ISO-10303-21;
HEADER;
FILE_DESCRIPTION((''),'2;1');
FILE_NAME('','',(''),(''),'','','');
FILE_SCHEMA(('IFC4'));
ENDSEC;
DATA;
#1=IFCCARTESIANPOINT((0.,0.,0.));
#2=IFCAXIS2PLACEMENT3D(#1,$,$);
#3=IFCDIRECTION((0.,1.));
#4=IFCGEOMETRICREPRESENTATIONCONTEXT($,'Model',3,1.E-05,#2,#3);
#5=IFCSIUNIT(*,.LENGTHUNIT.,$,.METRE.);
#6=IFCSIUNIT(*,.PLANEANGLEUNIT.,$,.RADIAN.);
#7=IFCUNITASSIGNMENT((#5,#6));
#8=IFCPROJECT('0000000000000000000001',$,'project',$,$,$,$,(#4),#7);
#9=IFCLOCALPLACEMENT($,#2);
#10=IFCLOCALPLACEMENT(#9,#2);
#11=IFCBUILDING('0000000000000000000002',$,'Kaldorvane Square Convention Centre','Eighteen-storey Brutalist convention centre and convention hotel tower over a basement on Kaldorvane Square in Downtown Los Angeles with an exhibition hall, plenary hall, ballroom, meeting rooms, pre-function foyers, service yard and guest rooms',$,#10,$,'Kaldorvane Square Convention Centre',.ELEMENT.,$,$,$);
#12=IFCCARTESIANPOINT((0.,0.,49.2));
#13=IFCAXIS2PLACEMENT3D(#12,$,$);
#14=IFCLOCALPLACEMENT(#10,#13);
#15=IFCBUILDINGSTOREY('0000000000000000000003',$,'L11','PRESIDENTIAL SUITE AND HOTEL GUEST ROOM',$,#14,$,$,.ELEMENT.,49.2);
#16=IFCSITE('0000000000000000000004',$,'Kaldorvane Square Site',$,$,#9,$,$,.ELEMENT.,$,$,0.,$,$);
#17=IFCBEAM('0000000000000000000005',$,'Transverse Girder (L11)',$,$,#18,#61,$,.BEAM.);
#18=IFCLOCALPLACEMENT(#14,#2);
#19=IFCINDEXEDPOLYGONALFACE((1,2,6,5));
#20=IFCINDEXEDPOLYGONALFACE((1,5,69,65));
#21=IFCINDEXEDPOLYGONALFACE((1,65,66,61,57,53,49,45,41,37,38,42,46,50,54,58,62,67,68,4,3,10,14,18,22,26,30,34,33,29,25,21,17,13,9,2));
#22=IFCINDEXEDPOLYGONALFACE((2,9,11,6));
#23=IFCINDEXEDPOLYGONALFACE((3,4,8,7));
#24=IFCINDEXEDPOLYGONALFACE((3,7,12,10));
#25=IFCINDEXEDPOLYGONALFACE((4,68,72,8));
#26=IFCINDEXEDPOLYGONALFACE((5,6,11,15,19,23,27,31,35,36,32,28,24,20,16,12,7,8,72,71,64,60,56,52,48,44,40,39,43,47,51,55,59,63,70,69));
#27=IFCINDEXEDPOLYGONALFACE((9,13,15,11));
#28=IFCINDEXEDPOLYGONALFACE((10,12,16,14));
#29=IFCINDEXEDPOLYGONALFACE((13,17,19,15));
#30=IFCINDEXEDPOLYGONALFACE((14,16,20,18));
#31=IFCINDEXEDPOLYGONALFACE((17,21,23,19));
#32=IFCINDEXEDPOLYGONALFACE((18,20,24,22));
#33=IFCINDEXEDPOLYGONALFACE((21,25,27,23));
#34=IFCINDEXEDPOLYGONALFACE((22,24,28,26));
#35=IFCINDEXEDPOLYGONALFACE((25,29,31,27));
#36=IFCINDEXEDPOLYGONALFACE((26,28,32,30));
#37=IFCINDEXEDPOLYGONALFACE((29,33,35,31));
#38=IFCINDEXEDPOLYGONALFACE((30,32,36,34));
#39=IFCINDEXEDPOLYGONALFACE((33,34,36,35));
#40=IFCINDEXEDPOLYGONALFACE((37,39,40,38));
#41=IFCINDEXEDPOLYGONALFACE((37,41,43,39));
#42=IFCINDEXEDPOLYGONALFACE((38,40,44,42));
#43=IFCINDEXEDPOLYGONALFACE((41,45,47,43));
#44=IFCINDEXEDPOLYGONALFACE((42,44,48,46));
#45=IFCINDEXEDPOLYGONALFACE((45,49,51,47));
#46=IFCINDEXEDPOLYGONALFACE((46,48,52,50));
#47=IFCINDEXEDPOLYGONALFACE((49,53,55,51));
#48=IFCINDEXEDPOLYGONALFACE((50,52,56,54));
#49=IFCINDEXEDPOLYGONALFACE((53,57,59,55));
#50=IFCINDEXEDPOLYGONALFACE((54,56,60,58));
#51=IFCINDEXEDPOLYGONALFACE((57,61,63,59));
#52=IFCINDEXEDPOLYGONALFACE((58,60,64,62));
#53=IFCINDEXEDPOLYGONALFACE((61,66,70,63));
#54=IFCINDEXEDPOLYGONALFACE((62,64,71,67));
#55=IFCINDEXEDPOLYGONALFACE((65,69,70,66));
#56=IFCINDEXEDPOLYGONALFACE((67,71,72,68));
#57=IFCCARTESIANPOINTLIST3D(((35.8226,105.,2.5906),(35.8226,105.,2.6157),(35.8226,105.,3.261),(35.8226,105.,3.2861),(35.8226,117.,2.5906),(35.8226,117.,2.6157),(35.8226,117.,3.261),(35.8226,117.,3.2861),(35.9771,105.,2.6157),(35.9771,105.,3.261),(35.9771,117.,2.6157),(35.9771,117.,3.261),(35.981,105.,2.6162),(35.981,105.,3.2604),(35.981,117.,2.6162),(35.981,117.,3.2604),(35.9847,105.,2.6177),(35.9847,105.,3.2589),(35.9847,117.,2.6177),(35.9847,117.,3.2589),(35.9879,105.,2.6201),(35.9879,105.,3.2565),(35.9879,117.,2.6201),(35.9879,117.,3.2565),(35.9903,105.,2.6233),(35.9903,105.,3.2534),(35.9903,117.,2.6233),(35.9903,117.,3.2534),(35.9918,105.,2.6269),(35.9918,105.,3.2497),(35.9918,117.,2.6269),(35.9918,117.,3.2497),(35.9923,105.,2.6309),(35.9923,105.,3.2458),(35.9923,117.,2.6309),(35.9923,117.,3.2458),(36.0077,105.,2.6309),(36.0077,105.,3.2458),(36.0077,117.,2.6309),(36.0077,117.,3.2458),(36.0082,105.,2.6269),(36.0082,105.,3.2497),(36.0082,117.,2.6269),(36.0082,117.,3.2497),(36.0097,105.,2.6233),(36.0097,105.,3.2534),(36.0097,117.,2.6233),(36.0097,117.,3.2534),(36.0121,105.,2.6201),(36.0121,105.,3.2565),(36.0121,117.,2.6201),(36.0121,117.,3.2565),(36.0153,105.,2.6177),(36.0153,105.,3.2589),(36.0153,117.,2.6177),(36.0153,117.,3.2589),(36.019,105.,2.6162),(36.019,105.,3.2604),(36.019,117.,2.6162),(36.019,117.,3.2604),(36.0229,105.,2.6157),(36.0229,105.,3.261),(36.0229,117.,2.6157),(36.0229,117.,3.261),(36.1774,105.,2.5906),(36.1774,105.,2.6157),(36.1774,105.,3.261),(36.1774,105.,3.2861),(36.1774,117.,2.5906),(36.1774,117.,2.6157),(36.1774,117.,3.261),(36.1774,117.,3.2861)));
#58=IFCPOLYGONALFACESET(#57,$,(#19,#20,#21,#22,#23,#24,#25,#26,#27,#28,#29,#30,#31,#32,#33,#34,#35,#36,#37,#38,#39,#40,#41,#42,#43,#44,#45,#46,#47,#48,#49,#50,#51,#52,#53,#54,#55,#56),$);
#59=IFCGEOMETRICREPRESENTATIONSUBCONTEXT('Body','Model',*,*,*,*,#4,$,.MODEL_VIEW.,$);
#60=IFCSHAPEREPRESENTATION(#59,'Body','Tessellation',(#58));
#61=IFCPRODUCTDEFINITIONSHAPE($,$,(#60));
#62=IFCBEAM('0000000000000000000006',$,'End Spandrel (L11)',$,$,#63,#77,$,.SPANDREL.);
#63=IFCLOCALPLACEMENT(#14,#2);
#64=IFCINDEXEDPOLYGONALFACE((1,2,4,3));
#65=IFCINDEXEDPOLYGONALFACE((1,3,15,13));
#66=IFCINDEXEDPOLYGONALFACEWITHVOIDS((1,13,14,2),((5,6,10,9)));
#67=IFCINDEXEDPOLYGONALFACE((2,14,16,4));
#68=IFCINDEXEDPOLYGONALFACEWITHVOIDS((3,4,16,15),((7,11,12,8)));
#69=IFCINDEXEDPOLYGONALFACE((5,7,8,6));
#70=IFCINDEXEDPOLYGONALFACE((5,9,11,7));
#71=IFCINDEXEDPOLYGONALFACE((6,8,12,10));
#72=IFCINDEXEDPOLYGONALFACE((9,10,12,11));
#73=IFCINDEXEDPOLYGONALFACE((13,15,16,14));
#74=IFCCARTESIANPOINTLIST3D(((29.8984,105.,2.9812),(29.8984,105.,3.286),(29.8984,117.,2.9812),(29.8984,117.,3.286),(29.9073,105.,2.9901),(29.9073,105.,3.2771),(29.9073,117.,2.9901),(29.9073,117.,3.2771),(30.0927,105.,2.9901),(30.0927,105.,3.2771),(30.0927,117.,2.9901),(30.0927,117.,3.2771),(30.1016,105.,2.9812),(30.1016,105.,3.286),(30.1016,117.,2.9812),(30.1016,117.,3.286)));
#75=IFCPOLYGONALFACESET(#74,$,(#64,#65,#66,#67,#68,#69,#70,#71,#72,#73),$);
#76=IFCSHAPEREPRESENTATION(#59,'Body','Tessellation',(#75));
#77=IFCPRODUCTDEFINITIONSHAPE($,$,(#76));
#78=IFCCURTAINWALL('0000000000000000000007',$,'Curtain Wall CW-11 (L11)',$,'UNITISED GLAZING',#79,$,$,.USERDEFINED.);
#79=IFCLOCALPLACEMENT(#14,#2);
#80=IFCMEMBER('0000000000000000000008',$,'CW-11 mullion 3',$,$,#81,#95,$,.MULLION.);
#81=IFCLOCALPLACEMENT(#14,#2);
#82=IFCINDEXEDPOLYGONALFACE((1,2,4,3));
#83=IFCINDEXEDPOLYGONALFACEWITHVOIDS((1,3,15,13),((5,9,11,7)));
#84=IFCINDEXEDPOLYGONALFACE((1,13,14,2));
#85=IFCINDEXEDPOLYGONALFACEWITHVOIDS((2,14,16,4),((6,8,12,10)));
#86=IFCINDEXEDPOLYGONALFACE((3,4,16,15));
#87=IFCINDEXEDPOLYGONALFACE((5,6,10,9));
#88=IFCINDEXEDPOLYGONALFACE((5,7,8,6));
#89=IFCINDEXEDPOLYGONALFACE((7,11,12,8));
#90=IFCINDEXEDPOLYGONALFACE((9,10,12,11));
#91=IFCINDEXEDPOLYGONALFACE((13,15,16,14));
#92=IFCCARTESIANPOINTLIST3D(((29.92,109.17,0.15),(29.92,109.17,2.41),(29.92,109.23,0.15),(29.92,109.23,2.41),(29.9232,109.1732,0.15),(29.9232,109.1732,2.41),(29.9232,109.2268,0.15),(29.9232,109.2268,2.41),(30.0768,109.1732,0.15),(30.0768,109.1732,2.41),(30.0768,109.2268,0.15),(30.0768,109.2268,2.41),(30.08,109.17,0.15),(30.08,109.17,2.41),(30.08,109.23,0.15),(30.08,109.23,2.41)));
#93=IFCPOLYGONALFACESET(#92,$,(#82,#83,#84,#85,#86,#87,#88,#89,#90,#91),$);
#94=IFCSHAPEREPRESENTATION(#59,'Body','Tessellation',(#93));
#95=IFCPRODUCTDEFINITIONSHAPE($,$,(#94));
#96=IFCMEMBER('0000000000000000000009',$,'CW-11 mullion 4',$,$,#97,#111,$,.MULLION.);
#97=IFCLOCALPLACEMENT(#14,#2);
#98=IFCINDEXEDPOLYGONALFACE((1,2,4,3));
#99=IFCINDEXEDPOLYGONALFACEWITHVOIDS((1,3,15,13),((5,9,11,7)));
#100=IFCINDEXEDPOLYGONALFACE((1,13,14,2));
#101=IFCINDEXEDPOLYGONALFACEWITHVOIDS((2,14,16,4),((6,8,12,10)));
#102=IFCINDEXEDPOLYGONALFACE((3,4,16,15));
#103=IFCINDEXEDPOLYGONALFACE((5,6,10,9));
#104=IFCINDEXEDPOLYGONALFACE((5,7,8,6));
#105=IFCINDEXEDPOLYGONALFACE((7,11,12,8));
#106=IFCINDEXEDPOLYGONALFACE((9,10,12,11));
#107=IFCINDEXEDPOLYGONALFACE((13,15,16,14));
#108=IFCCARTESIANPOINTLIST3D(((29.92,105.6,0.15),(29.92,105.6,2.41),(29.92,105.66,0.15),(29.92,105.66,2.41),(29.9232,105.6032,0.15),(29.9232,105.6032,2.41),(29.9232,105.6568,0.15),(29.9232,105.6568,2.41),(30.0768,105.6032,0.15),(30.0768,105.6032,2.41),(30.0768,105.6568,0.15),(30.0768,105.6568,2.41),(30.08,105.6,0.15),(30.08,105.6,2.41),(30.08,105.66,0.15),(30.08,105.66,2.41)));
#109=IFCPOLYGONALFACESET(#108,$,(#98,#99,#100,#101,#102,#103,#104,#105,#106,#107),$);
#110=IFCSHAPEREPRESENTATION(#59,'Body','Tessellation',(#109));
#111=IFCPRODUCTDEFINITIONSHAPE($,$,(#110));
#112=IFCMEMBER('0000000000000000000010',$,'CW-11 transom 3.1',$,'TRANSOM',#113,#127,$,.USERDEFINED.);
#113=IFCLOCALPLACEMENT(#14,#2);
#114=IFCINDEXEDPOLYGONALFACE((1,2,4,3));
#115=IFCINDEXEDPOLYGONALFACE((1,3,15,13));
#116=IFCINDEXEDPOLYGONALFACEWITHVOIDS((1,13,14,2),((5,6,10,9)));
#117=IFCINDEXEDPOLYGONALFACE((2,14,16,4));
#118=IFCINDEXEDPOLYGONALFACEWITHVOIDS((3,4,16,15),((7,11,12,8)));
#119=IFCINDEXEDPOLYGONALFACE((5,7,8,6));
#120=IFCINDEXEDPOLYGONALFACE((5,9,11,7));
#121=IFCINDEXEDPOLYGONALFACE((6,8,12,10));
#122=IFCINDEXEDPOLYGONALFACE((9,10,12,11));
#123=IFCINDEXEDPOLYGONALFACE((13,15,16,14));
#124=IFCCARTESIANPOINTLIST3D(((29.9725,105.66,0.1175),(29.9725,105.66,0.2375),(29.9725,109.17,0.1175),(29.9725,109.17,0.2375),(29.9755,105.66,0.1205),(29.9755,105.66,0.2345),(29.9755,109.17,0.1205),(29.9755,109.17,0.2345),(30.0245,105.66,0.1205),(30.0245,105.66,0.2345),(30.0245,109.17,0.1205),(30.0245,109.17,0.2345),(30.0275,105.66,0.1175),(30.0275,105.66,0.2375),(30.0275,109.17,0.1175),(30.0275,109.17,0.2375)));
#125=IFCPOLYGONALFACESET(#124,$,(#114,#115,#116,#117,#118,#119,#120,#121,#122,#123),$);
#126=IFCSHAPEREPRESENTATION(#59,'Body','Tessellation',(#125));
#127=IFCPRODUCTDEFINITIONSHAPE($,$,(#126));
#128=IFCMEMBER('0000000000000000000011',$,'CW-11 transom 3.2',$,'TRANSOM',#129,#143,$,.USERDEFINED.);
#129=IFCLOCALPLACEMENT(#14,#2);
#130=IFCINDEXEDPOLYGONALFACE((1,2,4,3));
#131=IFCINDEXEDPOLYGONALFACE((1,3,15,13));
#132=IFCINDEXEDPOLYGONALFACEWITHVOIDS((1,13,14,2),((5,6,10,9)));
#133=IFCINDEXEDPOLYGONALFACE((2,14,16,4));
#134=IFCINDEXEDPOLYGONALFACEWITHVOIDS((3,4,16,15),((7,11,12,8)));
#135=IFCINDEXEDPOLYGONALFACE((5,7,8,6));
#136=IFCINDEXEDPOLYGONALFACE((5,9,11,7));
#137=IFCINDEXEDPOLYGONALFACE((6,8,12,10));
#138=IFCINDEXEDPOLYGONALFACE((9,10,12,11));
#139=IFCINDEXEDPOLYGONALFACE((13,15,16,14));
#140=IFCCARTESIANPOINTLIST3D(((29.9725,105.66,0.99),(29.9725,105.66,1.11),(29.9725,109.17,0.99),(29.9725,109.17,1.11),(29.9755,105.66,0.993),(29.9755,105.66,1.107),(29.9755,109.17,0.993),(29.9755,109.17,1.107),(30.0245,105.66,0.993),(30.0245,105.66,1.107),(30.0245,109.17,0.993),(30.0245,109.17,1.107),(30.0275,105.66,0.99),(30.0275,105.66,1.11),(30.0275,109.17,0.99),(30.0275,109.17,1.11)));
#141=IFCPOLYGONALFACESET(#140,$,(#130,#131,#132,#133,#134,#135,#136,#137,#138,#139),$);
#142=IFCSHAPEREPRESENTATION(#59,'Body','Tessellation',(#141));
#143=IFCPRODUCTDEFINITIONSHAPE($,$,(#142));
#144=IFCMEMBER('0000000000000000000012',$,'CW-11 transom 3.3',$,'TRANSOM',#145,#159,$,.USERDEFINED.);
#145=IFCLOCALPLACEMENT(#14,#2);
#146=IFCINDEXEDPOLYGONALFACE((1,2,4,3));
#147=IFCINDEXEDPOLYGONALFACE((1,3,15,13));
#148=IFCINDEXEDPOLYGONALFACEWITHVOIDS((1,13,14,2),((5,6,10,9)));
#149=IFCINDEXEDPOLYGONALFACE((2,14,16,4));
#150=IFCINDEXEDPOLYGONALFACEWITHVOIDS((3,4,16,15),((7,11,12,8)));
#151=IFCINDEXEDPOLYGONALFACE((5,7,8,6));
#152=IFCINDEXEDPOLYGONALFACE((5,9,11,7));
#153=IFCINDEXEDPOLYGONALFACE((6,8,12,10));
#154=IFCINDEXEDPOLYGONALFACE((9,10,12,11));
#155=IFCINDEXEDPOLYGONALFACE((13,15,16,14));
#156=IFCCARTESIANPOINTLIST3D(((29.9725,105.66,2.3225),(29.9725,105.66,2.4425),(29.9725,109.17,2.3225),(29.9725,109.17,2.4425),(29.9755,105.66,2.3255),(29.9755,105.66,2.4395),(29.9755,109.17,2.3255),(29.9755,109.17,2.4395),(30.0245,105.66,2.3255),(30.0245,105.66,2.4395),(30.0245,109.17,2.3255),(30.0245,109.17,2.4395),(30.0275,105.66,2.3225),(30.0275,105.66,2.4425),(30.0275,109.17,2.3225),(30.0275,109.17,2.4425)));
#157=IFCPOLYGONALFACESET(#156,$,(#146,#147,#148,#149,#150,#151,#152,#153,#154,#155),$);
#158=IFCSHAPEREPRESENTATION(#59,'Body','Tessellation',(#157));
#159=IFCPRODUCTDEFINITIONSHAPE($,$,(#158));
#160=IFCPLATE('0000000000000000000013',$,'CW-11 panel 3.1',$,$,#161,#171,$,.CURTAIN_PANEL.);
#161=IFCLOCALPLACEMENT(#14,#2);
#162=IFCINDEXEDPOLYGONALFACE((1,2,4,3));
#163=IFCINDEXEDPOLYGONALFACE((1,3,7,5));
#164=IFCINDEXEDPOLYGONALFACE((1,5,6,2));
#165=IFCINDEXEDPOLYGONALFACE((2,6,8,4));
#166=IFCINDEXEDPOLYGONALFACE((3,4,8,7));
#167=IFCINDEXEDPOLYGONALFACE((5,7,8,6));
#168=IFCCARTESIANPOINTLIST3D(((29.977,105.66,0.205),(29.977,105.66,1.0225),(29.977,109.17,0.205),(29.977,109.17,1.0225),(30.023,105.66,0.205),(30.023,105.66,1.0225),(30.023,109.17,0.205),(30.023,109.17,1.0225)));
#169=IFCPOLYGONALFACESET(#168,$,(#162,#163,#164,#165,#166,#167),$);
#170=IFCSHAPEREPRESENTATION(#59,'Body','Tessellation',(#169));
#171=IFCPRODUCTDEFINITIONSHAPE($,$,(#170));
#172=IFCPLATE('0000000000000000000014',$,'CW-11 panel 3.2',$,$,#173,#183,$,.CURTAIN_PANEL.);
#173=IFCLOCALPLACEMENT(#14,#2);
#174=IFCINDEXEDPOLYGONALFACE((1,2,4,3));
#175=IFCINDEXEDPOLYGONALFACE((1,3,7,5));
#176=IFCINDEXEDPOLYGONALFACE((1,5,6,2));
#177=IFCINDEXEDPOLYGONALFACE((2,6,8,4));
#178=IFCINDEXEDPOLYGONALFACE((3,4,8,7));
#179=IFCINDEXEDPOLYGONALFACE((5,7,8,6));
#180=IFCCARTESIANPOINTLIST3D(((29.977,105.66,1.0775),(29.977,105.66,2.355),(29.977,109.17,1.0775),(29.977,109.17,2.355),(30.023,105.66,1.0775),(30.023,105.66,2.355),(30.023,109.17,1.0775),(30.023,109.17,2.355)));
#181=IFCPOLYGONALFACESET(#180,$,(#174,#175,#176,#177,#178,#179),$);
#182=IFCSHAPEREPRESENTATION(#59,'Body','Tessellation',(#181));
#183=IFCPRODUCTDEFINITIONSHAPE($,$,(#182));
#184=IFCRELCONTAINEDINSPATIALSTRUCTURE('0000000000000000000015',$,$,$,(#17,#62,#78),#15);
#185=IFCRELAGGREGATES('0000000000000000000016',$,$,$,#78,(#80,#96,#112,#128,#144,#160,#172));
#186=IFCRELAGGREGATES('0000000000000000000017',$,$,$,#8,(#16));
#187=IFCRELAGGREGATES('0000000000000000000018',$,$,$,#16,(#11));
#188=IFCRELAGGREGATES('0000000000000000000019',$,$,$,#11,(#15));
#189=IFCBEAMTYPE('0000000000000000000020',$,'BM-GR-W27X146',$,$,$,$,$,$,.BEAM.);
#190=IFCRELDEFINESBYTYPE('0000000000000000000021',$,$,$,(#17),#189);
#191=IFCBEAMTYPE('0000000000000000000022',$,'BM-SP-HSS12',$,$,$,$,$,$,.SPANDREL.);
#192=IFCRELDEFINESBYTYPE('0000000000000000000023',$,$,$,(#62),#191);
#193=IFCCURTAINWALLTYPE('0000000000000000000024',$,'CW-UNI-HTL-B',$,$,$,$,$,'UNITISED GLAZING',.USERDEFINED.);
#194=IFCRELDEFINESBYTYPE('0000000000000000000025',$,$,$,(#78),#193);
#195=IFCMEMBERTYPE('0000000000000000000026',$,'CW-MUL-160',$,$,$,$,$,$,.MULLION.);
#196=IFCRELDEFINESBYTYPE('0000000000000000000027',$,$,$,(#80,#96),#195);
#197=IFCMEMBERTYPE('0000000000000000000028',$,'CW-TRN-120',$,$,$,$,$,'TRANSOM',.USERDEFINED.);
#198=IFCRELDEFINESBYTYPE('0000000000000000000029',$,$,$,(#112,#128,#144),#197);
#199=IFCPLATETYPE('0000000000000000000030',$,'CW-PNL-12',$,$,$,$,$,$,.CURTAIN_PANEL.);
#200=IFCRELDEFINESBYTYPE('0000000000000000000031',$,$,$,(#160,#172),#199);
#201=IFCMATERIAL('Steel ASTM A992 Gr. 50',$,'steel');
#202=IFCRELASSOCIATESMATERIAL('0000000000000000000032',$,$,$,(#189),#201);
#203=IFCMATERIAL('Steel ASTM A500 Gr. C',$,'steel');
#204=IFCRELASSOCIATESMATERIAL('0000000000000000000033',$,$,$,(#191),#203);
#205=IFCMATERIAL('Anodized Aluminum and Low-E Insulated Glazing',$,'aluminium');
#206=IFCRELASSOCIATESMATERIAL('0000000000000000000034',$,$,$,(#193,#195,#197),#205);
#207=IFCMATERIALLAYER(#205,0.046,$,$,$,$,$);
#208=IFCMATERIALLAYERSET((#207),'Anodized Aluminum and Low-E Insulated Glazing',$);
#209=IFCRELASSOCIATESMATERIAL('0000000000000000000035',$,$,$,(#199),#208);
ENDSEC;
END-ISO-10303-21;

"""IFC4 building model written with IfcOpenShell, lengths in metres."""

from ifc_helpers import new_model, si_unit, direction, frame, origin, origin_2d, place, context, subcontext, project, spatial, rectangle, hollow_rectangle, i_section, extrude, material, layer, layer_set, material_profile, profile_set, type_object, element, aggregate, save


model = new_model("IFC4")

# Units and contexts
model_context = context("Model", 3, precision=1e-05, world=origin(), true_north=direction((0.0, 1.0)))
body_context = subcontext(model_context, "Body", "Model", "MODEL_VIEW")
ifc_project = project(units=[si_unit("LENGTHUNIT", "METRE"), si_unit("PLANEANGLEUNIT", "RADIAN")], contexts=[model_context])

# Site, building, storey
site_placement = place(None, origin())
site = spatial("IfcSite", under=ifc_project, at=site_placement, Name="Kaldorvane Square Site", CompositionType="ELEMENT", RefElevation=0.0)
building_placement = place(site_placement, origin())
building = spatial("IfcBuilding", under=site, at=building_placement, Name="Kaldorvane Square Convention Centre", Description="Eighteen-storey Brutalist convention centre and convention hotel tower over a basement on Kaldorvane Square in Downtown Los Angeles with an exhibition hall, plenary hall, ballroom, meeting rooms, pre-function foyers, service yard and guest rooms", LongName="Kaldorvane Square Convention Centre", CompositionType="ELEMENT")
storey_placement = place(building_placement, frame((0.0, 0.0, 49.2)))
storey = spatial("IfcBuildingStorey", under=building, at=storey_placement, Name="L11", Description="PRESIDENTIAL SUITE AND HOTEL GUEST ROOM", CompositionType="ELEMENT", Elevation=49.2)

# Shared definitions
ifc_material_1 = material(Name="Steel ASTM A992 Gr. 50", Category="steel")

# Beams
ifc_material_profile_1 = material_profile(ifc_material_1, i_section(OverallWidth=0.3547, OverallDepth=0.6955, WebThickness=0.0154, FlangeThickness=0.0251, FilletRadius=0.0152, at=origin_2d()), Name="W27X146")
ifc_profile_set_1 = profile_set([ifc_material_profile_1], Name="Steel ASTM A992 Gr. 50")
beam_type_1 = type_object("IfcBeamType", Name="BM-GR-W27X146", PredefinedType="BEAM", material=ifc_profile_set_1)
beam_1_placement = place(storey_placement, frame((36.0, 105.0, 2.9383), z_axis=(0.0, 1.0, 0.0), x_axis=(-1.0, 0.0, 0.0)))
element("IfcBeam", 1, at=beam_1_placement, inside=storey, type_object=beam_type_1, Name="Transverse Girder (L11)", PredefinedType="BEAM", context=body_context, shape_type="SweptSolid", body=[
    extrude(i_section(OverallWidth=0.3547, OverallDepth=0.6955, WebThickness=0.0154, FlangeThickness=0.0251, FilletRadius=0.0152, at=origin_2d()), origin(), (0.0, 0.0, 1.0), 12.0),
])
ifc_material_2 = material(Name="Steel ASTM A500 Gr. C", Category="steel")
ifc_material_profile_2 = material_profile(ifc_material_2, hollow_rectangle(XDim=0.2032, YDim=0.3048, WallThickness=0.0089, at=origin_2d()), Name="HSS12X8X3/8")
ifc_profile_set_2 = profile_set([ifc_material_profile_2], Name="Steel ASTM A500 Gr. C")
beam_type_2 = type_object("IfcBeamType", Name="BM-SP-HSS12", PredefinedType="SPANDREL", material=ifc_profile_set_2)
beam_2_placement = place(storey_placement, frame((30.0, 105.0, 3.1336), z_axis=(0.0, 1.0, 0.0), x_axis=(-1.0, 0.0, 0.0)))
element("IfcBeam", 2, at=beam_2_placement, inside=storey, type_object=beam_type_2, Name="End Spandrel (L11)", PredefinedType="SPANDREL", context=body_context, shape_type="SweptSolid", body=[
    extrude(hollow_rectangle(XDim=0.2032, YDim=0.3048, WallThickness=0.0089, at=origin_2d()), origin(), (0.0, 0.0, 1.0), 12.0),
])

# Curtain wall, members, plates
ifc_material_3 = material(Name="Anodized Aluminum and Low-E Insulated Glazing", Category="aluminium")
curtain_wall_type = type_object("IfcCurtainWallType", Name="CW-UNI-HTL-B", ElementType="UNITISED GLAZING", PredefinedType="USERDEFINED", material=ifc_material_3)
curtain_wall_placement = place(storey_placement, origin())
curtain_wall = element("IfcCurtainWall", 3, at=curtain_wall_placement, inside=storey, type_object=curtain_wall_type, Name="Curtain Wall CW-11 (L11)", ObjectType="UNITISED GLAZING", PredefinedType="USERDEFINED")
ifc_material_profile_3 = material_profile(ifc_material_3, hollow_rectangle(XDim=0.06, YDim=0.16, WallThickness=0.0032, at=origin_2d()), Name="CWM-160X60")
ifc_profile_set_3 = profile_set([ifc_material_profile_3], Name="Anodized Aluminum and Low-E Insulated Glazing")
member_type_1 = type_object("IfcMemberType", Name="CW-MUL-160", PredefinedType="MULLION", material=ifc_profile_set_3)
member_1_placement = place(storey_placement, frame((30.0, 109.2, 0.15), z_axis=(0.0, 0.0, 1.0), x_axis=(0.0, -1.0, 0.0)))
member_1 = element("IfcMember", 4, at=member_1_placement, type_object=member_type_1, Name="CW-11 mullion 3", PredefinedType="MULLION", context=body_context, shape_type="SweptSolid", body=[
    extrude(hollow_rectangle(XDim=0.06, YDim=0.16, WallThickness=0.0032, at=origin_2d()), origin(), (0.0, 0.0, 1.0), 2.26),
])
member_2_placement = place(storey_placement, frame((30.0, 105.63, 0.15), z_axis=(0.0, 0.0, 1.0), x_axis=(0.0, -1.0, 0.0)))
member_2 = element("IfcMember", 5, at=member_2_placement, type_object=member_type_1, Name="CW-11 mullion 4", PredefinedType="MULLION", context=body_context, shape_type="SweptSolid", body=[
    extrude(hollow_rectangle(XDim=0.06, YDim=0.16, WallThickness=0.0032, at=origin_2d()), origin(), (0.0, 0.0, 1.0), 2.26),
])
ifc_material_profile_4 = material_profile(ifc_material_3, hollow_rectangle(XDim=0.055, YDim=0.12, WallThickness=0.003, at=origin_2d()), Name="CWT-120X55")
ifc_profile_set_4 = profile_set([ifc_material_profile_4], Name="Anodized Aluminum and Low-E Insulated Glazing")
member_type_2 = type_object("IfcMemberType", Name="CW-TRN-120", ElementType="TRANSOM", PredefinedType="USERDEFINED", material=ifc_profile_set_4)
member_3_placement = place(storey_placement, frame((30.0, 109.17, 0.1775), z_axis=(0.0, -1.0, 0.0), x_axis=(1.0, 0.0, 0.0)))
member_3 = element("IfcMember", 6, at=member_3_placement, type_object=member_type_2, Name="CW-11 transom 3.1", ObjectType="TRANSOM", PredefinedType="USERDEFINED", context=body_context, shape_type="SweptSolid", body=[
    extrude(hollow_rectangle(XDim=0.055, YDim=0.12, WallThickness=0.003, at=origin_2d()), origin(), (0.0, 0.0, 1.0), 3.51),
])
member_4_placement = place(storey_placement, frame((30.0, 109.17, 1.05), z_axis=(0.0, -1.0, 0.0), x_axis=(1.0, 0.0, 0.0)))
member_4 = element("IfcMember", 7, at=member_4_placement, type_object=member_type_2, Name="CW-11 transom 3.2", ObjectType="TRANSOM", PredefinedType="USERDEFINED", context=body_context, shape_type="SweptSolid", body=[
    extrude(hollow_rectangle(XDim=0.055, YDim=0.12, WallThickness=0.003, at=origin_2d()), origin(), (0.0, 0.0, 1.0), 3.51),
])
member_5_placement = place(storey_placement, frame((30.0, 109.17, 2.3825), z_axis=(0.0, -1.0, 0.0), x_axis=(1.0, 0.0, 0.0)))
member_5 = element("IfcMember", 8, at=member_5_placement, type_object=member_type_2, Name="CW-11 transom 3.3", ObjectType="TRANSOM", PredefinedType="USERDEFINED", context=body_context, shape_type="SweptSolid", body=[
    extrude(hollow_rectangle(XDim=0.055, YDim=0.12, WallThickness=0.003, at=origin_2d()), origin(), (0.0, 0.0, 1.0), 3.51),
])
ifc_layer_1 = layer(ifc_material_3, 0.046)
ifc_layer_set_1 = layer_set([ifc_layer_1], Name="Anodized Aluminum and Low-E Insulated Glazing")
plate_type = type_object("IfcPlateType", Name="CW-PNL-12", PredefinedType="CURTAIN_PANEL", material=ifc_layer_set_1)
plate_1_placement = place(storey_placement, frame((30.0, 107.415, 0.205), z_axis=(0.0, 0.0, 1.0), x_axis=(0.0, -1.0, 0.0)))
plate_1 = element("IfcPlate", 9, at=plate_1_placement, type_object=plate_type, Name="CW-11 panel 3.1", PredefinedType="CURTAIN_PANEL", context=body_context, shape_type="SweptSolid", body=[
    extrude(rectangle(XDim=3.51, YDim=0.046, at=origin_2d()), origin(), (0.0, 0.0, 1.0), 0.8175),
])
plate_2_placement = place(storey_placement, frame((30.0, 107.415, 1.0775), z_axis=(0.0, 0.0, 1.0), x_axis=(0.0, -1.0, 0.0)))
plate_2 = element("IfcPlate", 10, at=plate_2_placement, type_object=plate_type, Name="CW-11 panel 3.2", PredefinedType="CURTAIN_PANEL", context=body_context, shape_type="SweptSolid", body=[
    extrude(rectangle(XDim=3.51, YDim=0.046, at=origin_2d()), origin(), (0.0, 0.0, 1.0), 1.2775),
])
aggregate(curtain_wall, [member_1, member_2, member_3, member_4, member_5, plate_1, plate_2])

save(model, "model.ifc")
